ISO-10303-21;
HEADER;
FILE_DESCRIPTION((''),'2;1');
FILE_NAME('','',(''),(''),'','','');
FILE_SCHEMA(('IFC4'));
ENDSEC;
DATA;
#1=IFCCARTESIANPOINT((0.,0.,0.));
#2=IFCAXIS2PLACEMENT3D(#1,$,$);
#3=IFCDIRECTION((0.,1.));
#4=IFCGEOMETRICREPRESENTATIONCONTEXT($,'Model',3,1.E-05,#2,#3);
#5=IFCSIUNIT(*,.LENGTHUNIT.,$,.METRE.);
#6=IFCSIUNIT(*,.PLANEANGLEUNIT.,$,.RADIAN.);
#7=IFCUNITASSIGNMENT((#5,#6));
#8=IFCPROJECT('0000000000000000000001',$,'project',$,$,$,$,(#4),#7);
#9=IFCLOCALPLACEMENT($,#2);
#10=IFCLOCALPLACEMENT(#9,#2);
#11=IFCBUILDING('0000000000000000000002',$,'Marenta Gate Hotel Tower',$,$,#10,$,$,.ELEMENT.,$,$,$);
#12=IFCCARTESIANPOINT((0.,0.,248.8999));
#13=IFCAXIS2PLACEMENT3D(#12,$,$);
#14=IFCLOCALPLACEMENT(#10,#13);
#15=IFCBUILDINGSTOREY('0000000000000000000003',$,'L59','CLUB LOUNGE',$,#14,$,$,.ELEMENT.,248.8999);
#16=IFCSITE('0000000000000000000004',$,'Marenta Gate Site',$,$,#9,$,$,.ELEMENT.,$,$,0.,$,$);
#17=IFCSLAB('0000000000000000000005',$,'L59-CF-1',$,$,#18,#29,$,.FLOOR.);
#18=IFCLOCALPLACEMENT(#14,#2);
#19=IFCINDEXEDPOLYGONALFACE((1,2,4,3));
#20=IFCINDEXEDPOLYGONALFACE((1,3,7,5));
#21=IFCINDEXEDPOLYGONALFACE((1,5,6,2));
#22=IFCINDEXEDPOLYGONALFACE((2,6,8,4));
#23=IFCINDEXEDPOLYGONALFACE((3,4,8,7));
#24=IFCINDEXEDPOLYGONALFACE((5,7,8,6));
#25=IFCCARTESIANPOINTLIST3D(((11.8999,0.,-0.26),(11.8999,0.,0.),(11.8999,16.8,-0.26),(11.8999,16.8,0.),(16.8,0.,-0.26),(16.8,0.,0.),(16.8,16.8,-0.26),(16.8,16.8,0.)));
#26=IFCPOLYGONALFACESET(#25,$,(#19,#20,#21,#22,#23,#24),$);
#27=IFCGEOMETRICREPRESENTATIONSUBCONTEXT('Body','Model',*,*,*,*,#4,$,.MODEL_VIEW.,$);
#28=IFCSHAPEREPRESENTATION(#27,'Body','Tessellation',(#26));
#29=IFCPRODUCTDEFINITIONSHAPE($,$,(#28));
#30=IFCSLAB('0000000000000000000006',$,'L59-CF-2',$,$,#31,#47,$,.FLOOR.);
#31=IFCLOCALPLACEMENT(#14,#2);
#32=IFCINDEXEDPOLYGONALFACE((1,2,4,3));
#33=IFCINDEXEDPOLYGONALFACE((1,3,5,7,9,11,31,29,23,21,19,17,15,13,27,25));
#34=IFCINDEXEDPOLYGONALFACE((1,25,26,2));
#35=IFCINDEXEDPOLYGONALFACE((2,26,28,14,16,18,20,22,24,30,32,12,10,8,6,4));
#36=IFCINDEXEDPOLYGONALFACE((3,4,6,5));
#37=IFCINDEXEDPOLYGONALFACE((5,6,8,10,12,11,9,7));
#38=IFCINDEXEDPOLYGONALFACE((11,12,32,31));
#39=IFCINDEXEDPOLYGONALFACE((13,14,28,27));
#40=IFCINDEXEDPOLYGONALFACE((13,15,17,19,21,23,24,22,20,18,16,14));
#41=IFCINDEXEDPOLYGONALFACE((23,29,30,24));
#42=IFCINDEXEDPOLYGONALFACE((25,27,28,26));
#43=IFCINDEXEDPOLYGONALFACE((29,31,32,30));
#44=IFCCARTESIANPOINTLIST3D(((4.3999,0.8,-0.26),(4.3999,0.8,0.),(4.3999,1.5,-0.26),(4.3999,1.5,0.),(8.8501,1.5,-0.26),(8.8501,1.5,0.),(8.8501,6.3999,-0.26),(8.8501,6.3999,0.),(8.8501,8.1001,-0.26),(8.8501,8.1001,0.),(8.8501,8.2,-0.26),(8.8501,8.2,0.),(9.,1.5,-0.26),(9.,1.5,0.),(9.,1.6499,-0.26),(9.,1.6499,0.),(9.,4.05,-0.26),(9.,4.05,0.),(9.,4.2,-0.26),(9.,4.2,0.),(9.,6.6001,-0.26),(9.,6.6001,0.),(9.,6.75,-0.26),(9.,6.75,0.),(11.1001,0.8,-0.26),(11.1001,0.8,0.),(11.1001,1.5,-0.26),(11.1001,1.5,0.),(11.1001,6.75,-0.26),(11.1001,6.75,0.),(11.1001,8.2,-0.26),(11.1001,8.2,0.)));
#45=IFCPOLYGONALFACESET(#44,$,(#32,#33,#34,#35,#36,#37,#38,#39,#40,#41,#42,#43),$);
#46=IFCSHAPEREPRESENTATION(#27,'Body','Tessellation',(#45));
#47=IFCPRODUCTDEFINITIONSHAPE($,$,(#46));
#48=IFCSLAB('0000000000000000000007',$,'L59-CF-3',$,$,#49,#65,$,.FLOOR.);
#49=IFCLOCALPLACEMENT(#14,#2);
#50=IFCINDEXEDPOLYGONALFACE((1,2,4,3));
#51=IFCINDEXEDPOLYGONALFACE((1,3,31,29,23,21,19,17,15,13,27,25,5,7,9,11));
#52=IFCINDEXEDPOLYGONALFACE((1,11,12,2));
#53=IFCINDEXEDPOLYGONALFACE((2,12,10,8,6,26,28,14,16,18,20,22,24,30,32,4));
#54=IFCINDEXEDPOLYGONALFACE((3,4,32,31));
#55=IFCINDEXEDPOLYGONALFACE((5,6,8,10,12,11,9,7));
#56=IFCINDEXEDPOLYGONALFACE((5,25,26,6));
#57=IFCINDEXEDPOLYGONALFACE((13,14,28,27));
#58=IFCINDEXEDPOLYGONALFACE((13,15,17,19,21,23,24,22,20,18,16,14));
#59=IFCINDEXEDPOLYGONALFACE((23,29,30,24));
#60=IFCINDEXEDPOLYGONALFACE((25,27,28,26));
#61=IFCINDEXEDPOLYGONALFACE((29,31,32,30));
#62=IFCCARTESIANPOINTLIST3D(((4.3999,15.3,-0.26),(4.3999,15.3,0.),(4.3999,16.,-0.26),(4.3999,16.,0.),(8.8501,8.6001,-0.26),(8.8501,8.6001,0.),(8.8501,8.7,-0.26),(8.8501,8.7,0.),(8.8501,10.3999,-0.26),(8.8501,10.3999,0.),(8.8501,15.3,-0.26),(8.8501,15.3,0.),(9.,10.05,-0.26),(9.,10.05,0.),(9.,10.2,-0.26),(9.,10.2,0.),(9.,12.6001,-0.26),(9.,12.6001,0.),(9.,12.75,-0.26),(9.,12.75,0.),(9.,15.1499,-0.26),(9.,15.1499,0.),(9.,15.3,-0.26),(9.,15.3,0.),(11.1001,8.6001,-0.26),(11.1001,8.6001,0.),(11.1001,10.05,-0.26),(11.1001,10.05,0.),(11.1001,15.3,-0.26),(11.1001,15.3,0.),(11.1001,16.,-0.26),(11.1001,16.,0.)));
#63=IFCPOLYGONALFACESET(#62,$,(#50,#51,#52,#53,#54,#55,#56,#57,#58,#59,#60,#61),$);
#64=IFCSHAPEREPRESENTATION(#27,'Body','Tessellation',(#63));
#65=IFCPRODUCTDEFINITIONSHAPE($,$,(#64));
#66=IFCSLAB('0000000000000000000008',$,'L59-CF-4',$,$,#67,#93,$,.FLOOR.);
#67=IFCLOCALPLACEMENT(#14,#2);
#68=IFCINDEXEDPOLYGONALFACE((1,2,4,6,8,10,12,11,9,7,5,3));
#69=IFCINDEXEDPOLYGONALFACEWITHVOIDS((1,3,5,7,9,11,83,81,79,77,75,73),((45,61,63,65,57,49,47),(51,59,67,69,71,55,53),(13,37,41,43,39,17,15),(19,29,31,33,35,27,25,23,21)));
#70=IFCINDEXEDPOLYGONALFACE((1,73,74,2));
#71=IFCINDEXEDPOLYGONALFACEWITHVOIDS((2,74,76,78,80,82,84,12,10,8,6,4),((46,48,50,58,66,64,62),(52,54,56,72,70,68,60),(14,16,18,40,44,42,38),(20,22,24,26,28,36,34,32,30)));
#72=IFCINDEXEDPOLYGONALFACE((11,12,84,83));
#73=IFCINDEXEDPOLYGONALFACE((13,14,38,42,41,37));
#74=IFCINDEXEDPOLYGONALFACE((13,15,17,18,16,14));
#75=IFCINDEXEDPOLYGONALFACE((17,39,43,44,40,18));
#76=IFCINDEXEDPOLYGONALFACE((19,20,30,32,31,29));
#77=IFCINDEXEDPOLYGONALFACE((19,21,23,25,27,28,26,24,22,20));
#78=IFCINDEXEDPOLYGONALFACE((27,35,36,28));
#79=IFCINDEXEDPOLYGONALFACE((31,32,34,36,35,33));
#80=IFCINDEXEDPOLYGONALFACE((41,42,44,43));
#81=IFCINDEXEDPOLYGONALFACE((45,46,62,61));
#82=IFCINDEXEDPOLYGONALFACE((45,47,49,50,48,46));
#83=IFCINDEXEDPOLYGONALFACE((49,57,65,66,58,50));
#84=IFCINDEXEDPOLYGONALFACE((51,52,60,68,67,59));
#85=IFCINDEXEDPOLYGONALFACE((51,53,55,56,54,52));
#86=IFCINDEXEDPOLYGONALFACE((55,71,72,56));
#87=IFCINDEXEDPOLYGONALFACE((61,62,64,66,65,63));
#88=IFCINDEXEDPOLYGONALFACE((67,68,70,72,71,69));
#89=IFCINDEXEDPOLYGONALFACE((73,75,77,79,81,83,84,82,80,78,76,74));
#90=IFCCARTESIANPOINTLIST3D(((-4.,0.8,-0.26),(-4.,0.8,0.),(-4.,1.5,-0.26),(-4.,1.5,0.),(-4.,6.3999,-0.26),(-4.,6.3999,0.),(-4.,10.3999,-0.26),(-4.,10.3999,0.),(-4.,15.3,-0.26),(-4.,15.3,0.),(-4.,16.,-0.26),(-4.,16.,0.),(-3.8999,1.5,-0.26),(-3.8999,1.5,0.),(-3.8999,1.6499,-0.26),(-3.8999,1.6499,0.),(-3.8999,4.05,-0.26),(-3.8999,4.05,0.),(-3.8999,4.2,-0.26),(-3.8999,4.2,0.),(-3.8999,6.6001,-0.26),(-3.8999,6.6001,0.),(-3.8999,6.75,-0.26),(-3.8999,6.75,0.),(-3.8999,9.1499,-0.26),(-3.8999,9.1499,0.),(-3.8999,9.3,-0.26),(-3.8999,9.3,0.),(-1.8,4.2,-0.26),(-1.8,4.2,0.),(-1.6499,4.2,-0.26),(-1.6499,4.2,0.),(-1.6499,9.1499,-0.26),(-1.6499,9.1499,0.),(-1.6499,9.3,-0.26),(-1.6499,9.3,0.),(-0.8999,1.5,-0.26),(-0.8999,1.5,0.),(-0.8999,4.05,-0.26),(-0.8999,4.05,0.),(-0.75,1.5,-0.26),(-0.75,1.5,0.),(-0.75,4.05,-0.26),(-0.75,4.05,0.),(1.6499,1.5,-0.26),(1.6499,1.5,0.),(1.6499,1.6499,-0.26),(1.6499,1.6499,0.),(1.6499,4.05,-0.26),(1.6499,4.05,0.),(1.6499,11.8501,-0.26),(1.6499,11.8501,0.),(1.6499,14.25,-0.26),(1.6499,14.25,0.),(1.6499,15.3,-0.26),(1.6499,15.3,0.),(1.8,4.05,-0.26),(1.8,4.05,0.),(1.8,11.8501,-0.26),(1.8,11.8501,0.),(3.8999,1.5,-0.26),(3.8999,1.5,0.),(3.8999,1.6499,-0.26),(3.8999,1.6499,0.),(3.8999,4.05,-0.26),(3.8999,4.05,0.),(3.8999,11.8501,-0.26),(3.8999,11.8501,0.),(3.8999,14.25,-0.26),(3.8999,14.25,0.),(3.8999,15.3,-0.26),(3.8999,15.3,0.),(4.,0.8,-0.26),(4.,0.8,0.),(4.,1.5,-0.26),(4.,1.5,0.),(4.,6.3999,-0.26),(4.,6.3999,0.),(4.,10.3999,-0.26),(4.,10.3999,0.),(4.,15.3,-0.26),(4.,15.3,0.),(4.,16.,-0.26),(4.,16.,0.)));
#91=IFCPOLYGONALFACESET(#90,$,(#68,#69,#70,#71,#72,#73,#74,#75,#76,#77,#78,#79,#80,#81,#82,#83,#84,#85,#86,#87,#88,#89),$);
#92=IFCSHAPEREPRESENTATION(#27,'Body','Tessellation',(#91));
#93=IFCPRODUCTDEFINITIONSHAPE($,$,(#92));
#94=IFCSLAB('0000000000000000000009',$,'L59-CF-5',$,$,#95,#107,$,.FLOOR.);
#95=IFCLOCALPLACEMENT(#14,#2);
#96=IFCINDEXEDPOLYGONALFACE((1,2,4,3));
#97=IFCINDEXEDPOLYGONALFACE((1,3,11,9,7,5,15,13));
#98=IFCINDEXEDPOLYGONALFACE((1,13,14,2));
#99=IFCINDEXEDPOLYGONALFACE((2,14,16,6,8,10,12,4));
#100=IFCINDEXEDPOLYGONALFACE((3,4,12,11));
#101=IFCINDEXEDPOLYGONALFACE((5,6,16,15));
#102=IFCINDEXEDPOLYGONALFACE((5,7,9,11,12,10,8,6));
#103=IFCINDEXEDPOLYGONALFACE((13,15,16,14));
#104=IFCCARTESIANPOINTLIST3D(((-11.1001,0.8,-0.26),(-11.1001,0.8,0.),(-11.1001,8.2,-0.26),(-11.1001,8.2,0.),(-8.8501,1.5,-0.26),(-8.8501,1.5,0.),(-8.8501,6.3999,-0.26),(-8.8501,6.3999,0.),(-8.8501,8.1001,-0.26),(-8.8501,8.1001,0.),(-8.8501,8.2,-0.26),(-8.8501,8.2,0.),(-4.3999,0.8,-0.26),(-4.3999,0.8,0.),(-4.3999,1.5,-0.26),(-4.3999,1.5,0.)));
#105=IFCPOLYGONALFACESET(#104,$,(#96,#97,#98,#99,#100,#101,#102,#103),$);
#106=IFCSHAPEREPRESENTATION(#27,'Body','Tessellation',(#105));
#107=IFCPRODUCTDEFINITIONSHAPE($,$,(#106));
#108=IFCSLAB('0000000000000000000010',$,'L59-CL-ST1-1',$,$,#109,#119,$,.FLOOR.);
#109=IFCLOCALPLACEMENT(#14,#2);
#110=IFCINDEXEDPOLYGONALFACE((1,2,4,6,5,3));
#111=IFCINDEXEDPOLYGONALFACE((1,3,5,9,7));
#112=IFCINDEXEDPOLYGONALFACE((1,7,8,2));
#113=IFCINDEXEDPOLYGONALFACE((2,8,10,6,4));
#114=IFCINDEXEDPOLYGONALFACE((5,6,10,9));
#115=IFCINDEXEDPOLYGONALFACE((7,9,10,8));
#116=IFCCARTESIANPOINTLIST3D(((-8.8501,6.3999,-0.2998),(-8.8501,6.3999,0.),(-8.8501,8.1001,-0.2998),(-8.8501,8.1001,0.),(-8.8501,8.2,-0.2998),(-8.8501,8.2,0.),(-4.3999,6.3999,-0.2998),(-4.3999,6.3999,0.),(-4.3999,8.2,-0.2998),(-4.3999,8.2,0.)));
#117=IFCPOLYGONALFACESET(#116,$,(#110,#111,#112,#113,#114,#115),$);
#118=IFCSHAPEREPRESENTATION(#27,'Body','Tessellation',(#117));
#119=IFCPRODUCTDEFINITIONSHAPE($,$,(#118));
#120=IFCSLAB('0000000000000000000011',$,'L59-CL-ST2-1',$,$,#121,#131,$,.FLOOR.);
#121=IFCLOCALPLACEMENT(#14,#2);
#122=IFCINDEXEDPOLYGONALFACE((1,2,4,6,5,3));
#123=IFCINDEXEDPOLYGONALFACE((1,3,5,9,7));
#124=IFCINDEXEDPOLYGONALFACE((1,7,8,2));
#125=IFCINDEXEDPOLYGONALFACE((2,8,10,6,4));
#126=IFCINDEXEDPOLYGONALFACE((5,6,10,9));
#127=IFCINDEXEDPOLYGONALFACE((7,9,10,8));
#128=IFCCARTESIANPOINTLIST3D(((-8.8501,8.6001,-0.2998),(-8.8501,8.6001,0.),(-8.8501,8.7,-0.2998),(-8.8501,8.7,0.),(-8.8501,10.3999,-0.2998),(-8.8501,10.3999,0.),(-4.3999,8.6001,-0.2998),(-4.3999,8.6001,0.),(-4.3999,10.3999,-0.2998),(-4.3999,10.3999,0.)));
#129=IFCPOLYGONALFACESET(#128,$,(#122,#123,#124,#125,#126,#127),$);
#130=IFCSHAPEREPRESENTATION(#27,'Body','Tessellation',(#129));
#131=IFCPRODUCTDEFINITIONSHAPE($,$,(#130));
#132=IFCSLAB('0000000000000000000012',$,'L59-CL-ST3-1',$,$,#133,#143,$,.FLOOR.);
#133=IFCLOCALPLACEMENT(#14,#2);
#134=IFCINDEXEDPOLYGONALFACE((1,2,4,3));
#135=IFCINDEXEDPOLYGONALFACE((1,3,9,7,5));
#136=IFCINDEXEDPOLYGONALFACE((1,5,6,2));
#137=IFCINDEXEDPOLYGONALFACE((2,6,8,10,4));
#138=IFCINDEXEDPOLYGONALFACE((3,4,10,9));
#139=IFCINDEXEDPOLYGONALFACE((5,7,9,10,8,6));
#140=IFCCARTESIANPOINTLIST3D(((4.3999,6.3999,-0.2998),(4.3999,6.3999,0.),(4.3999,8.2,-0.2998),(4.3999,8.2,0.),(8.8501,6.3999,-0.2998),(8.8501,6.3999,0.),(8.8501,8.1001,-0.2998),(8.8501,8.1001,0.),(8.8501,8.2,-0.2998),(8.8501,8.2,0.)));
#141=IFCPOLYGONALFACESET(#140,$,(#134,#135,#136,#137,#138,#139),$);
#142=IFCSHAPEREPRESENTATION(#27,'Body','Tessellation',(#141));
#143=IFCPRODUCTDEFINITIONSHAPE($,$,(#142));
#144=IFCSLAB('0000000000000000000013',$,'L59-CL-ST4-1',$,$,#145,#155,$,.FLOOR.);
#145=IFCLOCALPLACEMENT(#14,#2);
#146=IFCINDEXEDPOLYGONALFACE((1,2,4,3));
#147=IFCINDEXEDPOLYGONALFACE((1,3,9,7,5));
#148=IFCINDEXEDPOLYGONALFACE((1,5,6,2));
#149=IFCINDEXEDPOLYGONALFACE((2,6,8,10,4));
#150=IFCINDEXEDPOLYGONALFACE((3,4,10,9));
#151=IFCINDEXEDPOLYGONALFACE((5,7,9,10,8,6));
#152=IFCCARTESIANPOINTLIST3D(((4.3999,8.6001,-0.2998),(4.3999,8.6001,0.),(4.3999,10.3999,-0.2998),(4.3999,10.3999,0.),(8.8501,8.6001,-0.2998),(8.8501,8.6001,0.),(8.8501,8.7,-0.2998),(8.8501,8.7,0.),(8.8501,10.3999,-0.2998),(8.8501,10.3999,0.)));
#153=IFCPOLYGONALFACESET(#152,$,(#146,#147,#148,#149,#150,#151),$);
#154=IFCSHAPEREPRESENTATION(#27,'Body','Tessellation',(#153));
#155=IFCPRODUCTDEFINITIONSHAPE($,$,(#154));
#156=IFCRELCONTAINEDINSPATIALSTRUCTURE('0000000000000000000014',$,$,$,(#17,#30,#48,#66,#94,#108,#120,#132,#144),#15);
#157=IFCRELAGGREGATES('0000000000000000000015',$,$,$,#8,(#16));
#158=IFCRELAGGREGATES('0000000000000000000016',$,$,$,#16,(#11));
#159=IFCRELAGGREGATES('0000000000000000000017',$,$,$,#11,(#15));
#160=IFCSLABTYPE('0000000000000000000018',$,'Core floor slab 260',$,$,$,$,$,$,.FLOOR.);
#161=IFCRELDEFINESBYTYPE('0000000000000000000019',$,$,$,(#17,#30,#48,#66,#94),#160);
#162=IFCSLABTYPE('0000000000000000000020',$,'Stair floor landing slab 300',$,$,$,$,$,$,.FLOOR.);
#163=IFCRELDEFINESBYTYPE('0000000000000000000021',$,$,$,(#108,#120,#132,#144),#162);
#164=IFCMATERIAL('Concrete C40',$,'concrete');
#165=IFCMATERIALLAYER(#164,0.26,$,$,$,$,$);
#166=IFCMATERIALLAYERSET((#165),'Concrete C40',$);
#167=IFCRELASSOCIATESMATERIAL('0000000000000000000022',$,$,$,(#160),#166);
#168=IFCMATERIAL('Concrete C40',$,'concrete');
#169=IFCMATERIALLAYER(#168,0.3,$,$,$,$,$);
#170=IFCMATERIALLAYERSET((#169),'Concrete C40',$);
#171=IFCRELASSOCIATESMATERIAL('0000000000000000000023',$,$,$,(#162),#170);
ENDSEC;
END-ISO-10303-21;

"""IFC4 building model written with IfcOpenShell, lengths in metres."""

from ifc_helpers import new_model, si_unit, direction, frame, origin, place, context, subcontext, project, spatial, polyline, outline, extrude, material, layer, layer_set, type_object, element, save


model = new_model("IFC4")

# Units and contexts
model_context = context("Model", 3, precision=1e-05, world=origin(), true_north=direction((0.0, 1.0)))
body_context = subcontext(model_context, "Body", "Model", "MODEL_VIEW")
ifc_project = project(units=[si_unit("LENGTHUNIT", "METRE"), si_unit("PLANEANGLEUNIT", "RADIAN")], contexts=[model_context])

# Site, building, storey
site_placement = place(None, origin())
site = spatial("IfcSite", under=ifc_project, at=site_placement, Name="Marenta Gate Site", CompositionType="ELEMENT", RefElevation=0.0)
building_placement = place(site_placement, origin())
building = spatial("IfcBuilding", under=site, at=building_placement, Name="Marenta Gate Hotel Tower", CompositionType="ELEMENT")
storey_placement = place(building_placement, frame((0.0, 0.0, 248.8999)))
storey = spatial("IfcBuildingStorey", under=building, at=storey_placement, Name="L59", Description="CLUB LOUNGE", CompositionType="ELEMENT", Elevation=248.8999)

# Slabs
ifc_material_1 = material(Name="Concrete C40", Category="concrete")
ifc_layer_1 = layer(ifc_material_1, 0.26)
ifc_layer_set_1 = layer_set([ifc_layer_1], Name="Concrete C40")
slab_type_1 = type_object("IfcSlabType", Name="Core floor slab 260", PredefinedType="FLOOR", material=ifc_layer_set_1)
slab_1_placement = place(storey_placement, frame((0.0, 0.0, -0.26)))
element("IfcSlab", 1, at=slab_1_placement, inside=storey, type_object=slab_type_1, Name="L59-CF-1", PredefinedType="FLOOR", context=body_context, shape_type="SweptSolid", body=[
    extrude(outline(polyline([(11.8999, 0.0), (11.8999, 16.8), (16.8, 16.8), (16.8, 0.0), (11.8999, 0.0)])), origin(), (0.0, 0.0, 1.0), 0.26),
])
slab_2_placement = place(storey_placement, frame((0.0, 0.0, -0.26)))
element("IfcSlab", 2, at=slab_2_placement, inside=storey, type_object=slab_type_1, Name="L59-CF-2", PredefinedType="FLOOR", context=body_context, shape_type="SweptSolid", body=[
    extrude(outline(polyline([(8.8501, 1.5), (8.8501, 6.3999), (8.8501, 8.1001), (8.8501, 8.2), (11.1001, 8.2), (11.1001, 6.75), (9.0, 6.75), (9.0, 6.6001), (9.0, 4.2), (9.0, 4.05), (9.0, 1.6499), (9.0, 1.5), (11.1001, 1.5), (11.1001, 0.8), (4.3999, 0.8), (4.3999, 1.5), (8.8501, 1.5)])), origin(), (0.0, 0.0, 1.0), 0.26),
])
slab_3_placement = place(storey_placement, frame((0.0, 0.0, -0.26)))
element("IfcSlab", 3, at=slab_3_placement, inside=storey, type_object=slab_type_1, Name="L59-CF-3", PredefinedType="FLOOR", context=body_context, shape_type="SweptSolid", body=[
    extrude(outline(polyline([(8.8501, 15.3), (4.3999, 15.3), (4.3999, 16.0), (11.1001, 16.0), (11.1001, 15.3), (9.0, 15.3), (9.0, 15.1499), (9.0, 12.75), (9.0, 12.6001), (9.0, 10.2), (9.0, 10.05), (11.1001, 10.05), (11.1001, 8.6001), (8.8501, 8.6001), (8.8501, 8.7), (8.8501, 10.3999), (8.8501, 15.3)])), origin(), (0.0, 0.0, 1.0), 0.26),
])
slab_4_placement = place(storey_placement, frame((0.0, 0.0, -0.26)))
element("IfcSlab", 4, at=slab_4_placement, inside=storey, type_object=slab_type_1, Name="L59-CF-4", PredefinedType="FLOOR", context=body_context, shape_type="SweptSolid", body=[
    extrude(outline(polyline([(4.0, 15.3), (4.0, 10.3999), (4.0, 6.3999), (4.0, 1.5), (4.0, 0.8), (-4.0, 0.8), (-4.0, 1.5), (-4.0, 6.3999), (-4.0, 10.3999), (-4.0, 15.3), (-4.0, 16.0), (4.0, 16.0), (4.0, 15.3)]), holes=[polyline([(1.6499, 14.25), (1.6499, 11.8501), (1.8, 11.8501), (3.8999, 11.8501), (3.8999, 14.25), (3.8999, 15.3), (1.6499, 15.3), (1.6499, 14.25)]), polyline([(3.8999, 1.6499), (3.8999, 4.05), (1.8, 4.05), (1.6499, 4.05), (1.6499, 1.6499), (1.6499, 1.5), (3.8999, 1.5), (3.8999, 1.6499)]), polyline([(-3.8999, 1.6499), (-3.8999, 1.5), (-0.8999, 1.5), (-0.75, 1.5), (-0.75, 4.05), (-0.8999, 4.05), (-3.8999, 4.05), (-3.8999, 1.6499)]), polyline([(-1.8, 4.2), (-1.6499, 4.2), (-1.6499, 9.1499), (-1.6499, 9.3), (-3.8999, 9.3), (-3.8999, 9.1499), (-3.8999, 6.75), (-3.8999, 6.6001), (-3.8999, 4.2), (-1.8, 4.2)])]), origin(), (0.0, 0.0, 1.0), 0.26),
])
slab_5_placement = place(storey_placement, frame((0.0, 0.0, -0.26)))
element("IfcSlab", 5, at=slab_5_placement, inside=storey, type_object=slab_type_1, Name="L59-CF-5", PredefinedType="FLOOR", context=body_context, shape_type="SweptSolid", body=[
    extrude(outline(polyline([(-8.8501, 8.2), (-8.8501, 8.1001), (-8.8501, 6.3999), (-8.8501, 1.5), (-4.3999, 1.5), (-4.3999, 0.8), (-11.1001, 0.8), (-11.1001, 8.2), (-8.8501, 8.2)])), origin(), (0.0, 0.0, 1.0), 0.26),
])
ifc_material_2 = material(Name="Concrete C40", Category="concrete")
ifc_layer_2 = layer(ifc_material_2, 0.3)
ifc_layer_set_2 = layer_set([ifc_layer_2], Name="Concrete C40")
slab_type_2 = type_object("IfcSlabType", Name="Stair floor landing slab 300", PredefinedType="FLOOR", material=ifc_layer_set_2)
slab_6_placement = place(storey_placement, frame((0.0, 0.0, -0.2998)))
element("IfcSlab", 6, at=slab_6_placement, inside=storey, type_object=slab_type_2, Name="L59-CL-ST1-1", PredefinedType="FLOOR", context=body_context, shape_type="SweptSolid", body=[
    extrude(outline(polyline([(-4.3999, 6.3999), (-8.8501, 6.3999), (-8.8501, 8.1001), (-8.8501, 8.2), (-4.3999, 8.2), (-4.3999, 6.3999)])), origin(), (0.0, 0.0, 1.0), 0.2998),
])
slab_7_placement = place(storey_placement, frame((0.0, 0.0, -0.2998)))
element("IfcSlab", 7, at=slab_7_placement, inside=storey, type_object=slab_type_2, Name="L59-CL-ST2-1", PredefinedType="FLOOR", context=body_context, shape_type="SweptSolid", body=[
    extrude(outline(polyline([(-4.3999, 8.6001), (-8.8501, 8.6001), (-8.8501, 8.7), (-8.8501, 10.3999), (-4.3999, 10.3999), (-4.3999, 8.6001)])), origin(), (0.0, 0.0, 1.0), 0.2998),
])
slab_8_placement = place(storey_placement, frame((0.0, 0.0, -0.2998)))
element("IfcSlab", 8, at=slab_8_placement, inside=storey, type_object=slab_type_2, Name="L59-CL-ST3-1", PredefinedType="FLOOR", context=body_context, shape_type="SweptSolid", body=[
    extrude(outline(polyline([(4.3999, 6.3999), (4.3999, 8.2), (8.8501, 8.2), (8.8501, 8.1001), (8.8501, 6.3999), (4.3999, 6.3999)])), origin(), (0.0, 0.0, 1.0), 0.2998),
])
slab_9_placement = place(storey_placement, frame((0.0, 0.0, -0.2998)))
element("IfcSlab", 9, at=slab_9_placement, inside=storey, type_object=slab_type_2, Name="L59-CL-ST4-1", PredefinedType="FLOOR", context=body_context, shape_type="SweptSolid", body=[
    extrude(outline(polyline([(4.3999, 8.6001), (4.3999, 10.3999), (8.8501, 10.3999), (8.8501, 8.7), (8.8501, 8.6001), (4.3999, 8.6001)])), origin(), (0.0, 0.0, 1.0), 0.2998),
])

save(model, "model.ifc")
